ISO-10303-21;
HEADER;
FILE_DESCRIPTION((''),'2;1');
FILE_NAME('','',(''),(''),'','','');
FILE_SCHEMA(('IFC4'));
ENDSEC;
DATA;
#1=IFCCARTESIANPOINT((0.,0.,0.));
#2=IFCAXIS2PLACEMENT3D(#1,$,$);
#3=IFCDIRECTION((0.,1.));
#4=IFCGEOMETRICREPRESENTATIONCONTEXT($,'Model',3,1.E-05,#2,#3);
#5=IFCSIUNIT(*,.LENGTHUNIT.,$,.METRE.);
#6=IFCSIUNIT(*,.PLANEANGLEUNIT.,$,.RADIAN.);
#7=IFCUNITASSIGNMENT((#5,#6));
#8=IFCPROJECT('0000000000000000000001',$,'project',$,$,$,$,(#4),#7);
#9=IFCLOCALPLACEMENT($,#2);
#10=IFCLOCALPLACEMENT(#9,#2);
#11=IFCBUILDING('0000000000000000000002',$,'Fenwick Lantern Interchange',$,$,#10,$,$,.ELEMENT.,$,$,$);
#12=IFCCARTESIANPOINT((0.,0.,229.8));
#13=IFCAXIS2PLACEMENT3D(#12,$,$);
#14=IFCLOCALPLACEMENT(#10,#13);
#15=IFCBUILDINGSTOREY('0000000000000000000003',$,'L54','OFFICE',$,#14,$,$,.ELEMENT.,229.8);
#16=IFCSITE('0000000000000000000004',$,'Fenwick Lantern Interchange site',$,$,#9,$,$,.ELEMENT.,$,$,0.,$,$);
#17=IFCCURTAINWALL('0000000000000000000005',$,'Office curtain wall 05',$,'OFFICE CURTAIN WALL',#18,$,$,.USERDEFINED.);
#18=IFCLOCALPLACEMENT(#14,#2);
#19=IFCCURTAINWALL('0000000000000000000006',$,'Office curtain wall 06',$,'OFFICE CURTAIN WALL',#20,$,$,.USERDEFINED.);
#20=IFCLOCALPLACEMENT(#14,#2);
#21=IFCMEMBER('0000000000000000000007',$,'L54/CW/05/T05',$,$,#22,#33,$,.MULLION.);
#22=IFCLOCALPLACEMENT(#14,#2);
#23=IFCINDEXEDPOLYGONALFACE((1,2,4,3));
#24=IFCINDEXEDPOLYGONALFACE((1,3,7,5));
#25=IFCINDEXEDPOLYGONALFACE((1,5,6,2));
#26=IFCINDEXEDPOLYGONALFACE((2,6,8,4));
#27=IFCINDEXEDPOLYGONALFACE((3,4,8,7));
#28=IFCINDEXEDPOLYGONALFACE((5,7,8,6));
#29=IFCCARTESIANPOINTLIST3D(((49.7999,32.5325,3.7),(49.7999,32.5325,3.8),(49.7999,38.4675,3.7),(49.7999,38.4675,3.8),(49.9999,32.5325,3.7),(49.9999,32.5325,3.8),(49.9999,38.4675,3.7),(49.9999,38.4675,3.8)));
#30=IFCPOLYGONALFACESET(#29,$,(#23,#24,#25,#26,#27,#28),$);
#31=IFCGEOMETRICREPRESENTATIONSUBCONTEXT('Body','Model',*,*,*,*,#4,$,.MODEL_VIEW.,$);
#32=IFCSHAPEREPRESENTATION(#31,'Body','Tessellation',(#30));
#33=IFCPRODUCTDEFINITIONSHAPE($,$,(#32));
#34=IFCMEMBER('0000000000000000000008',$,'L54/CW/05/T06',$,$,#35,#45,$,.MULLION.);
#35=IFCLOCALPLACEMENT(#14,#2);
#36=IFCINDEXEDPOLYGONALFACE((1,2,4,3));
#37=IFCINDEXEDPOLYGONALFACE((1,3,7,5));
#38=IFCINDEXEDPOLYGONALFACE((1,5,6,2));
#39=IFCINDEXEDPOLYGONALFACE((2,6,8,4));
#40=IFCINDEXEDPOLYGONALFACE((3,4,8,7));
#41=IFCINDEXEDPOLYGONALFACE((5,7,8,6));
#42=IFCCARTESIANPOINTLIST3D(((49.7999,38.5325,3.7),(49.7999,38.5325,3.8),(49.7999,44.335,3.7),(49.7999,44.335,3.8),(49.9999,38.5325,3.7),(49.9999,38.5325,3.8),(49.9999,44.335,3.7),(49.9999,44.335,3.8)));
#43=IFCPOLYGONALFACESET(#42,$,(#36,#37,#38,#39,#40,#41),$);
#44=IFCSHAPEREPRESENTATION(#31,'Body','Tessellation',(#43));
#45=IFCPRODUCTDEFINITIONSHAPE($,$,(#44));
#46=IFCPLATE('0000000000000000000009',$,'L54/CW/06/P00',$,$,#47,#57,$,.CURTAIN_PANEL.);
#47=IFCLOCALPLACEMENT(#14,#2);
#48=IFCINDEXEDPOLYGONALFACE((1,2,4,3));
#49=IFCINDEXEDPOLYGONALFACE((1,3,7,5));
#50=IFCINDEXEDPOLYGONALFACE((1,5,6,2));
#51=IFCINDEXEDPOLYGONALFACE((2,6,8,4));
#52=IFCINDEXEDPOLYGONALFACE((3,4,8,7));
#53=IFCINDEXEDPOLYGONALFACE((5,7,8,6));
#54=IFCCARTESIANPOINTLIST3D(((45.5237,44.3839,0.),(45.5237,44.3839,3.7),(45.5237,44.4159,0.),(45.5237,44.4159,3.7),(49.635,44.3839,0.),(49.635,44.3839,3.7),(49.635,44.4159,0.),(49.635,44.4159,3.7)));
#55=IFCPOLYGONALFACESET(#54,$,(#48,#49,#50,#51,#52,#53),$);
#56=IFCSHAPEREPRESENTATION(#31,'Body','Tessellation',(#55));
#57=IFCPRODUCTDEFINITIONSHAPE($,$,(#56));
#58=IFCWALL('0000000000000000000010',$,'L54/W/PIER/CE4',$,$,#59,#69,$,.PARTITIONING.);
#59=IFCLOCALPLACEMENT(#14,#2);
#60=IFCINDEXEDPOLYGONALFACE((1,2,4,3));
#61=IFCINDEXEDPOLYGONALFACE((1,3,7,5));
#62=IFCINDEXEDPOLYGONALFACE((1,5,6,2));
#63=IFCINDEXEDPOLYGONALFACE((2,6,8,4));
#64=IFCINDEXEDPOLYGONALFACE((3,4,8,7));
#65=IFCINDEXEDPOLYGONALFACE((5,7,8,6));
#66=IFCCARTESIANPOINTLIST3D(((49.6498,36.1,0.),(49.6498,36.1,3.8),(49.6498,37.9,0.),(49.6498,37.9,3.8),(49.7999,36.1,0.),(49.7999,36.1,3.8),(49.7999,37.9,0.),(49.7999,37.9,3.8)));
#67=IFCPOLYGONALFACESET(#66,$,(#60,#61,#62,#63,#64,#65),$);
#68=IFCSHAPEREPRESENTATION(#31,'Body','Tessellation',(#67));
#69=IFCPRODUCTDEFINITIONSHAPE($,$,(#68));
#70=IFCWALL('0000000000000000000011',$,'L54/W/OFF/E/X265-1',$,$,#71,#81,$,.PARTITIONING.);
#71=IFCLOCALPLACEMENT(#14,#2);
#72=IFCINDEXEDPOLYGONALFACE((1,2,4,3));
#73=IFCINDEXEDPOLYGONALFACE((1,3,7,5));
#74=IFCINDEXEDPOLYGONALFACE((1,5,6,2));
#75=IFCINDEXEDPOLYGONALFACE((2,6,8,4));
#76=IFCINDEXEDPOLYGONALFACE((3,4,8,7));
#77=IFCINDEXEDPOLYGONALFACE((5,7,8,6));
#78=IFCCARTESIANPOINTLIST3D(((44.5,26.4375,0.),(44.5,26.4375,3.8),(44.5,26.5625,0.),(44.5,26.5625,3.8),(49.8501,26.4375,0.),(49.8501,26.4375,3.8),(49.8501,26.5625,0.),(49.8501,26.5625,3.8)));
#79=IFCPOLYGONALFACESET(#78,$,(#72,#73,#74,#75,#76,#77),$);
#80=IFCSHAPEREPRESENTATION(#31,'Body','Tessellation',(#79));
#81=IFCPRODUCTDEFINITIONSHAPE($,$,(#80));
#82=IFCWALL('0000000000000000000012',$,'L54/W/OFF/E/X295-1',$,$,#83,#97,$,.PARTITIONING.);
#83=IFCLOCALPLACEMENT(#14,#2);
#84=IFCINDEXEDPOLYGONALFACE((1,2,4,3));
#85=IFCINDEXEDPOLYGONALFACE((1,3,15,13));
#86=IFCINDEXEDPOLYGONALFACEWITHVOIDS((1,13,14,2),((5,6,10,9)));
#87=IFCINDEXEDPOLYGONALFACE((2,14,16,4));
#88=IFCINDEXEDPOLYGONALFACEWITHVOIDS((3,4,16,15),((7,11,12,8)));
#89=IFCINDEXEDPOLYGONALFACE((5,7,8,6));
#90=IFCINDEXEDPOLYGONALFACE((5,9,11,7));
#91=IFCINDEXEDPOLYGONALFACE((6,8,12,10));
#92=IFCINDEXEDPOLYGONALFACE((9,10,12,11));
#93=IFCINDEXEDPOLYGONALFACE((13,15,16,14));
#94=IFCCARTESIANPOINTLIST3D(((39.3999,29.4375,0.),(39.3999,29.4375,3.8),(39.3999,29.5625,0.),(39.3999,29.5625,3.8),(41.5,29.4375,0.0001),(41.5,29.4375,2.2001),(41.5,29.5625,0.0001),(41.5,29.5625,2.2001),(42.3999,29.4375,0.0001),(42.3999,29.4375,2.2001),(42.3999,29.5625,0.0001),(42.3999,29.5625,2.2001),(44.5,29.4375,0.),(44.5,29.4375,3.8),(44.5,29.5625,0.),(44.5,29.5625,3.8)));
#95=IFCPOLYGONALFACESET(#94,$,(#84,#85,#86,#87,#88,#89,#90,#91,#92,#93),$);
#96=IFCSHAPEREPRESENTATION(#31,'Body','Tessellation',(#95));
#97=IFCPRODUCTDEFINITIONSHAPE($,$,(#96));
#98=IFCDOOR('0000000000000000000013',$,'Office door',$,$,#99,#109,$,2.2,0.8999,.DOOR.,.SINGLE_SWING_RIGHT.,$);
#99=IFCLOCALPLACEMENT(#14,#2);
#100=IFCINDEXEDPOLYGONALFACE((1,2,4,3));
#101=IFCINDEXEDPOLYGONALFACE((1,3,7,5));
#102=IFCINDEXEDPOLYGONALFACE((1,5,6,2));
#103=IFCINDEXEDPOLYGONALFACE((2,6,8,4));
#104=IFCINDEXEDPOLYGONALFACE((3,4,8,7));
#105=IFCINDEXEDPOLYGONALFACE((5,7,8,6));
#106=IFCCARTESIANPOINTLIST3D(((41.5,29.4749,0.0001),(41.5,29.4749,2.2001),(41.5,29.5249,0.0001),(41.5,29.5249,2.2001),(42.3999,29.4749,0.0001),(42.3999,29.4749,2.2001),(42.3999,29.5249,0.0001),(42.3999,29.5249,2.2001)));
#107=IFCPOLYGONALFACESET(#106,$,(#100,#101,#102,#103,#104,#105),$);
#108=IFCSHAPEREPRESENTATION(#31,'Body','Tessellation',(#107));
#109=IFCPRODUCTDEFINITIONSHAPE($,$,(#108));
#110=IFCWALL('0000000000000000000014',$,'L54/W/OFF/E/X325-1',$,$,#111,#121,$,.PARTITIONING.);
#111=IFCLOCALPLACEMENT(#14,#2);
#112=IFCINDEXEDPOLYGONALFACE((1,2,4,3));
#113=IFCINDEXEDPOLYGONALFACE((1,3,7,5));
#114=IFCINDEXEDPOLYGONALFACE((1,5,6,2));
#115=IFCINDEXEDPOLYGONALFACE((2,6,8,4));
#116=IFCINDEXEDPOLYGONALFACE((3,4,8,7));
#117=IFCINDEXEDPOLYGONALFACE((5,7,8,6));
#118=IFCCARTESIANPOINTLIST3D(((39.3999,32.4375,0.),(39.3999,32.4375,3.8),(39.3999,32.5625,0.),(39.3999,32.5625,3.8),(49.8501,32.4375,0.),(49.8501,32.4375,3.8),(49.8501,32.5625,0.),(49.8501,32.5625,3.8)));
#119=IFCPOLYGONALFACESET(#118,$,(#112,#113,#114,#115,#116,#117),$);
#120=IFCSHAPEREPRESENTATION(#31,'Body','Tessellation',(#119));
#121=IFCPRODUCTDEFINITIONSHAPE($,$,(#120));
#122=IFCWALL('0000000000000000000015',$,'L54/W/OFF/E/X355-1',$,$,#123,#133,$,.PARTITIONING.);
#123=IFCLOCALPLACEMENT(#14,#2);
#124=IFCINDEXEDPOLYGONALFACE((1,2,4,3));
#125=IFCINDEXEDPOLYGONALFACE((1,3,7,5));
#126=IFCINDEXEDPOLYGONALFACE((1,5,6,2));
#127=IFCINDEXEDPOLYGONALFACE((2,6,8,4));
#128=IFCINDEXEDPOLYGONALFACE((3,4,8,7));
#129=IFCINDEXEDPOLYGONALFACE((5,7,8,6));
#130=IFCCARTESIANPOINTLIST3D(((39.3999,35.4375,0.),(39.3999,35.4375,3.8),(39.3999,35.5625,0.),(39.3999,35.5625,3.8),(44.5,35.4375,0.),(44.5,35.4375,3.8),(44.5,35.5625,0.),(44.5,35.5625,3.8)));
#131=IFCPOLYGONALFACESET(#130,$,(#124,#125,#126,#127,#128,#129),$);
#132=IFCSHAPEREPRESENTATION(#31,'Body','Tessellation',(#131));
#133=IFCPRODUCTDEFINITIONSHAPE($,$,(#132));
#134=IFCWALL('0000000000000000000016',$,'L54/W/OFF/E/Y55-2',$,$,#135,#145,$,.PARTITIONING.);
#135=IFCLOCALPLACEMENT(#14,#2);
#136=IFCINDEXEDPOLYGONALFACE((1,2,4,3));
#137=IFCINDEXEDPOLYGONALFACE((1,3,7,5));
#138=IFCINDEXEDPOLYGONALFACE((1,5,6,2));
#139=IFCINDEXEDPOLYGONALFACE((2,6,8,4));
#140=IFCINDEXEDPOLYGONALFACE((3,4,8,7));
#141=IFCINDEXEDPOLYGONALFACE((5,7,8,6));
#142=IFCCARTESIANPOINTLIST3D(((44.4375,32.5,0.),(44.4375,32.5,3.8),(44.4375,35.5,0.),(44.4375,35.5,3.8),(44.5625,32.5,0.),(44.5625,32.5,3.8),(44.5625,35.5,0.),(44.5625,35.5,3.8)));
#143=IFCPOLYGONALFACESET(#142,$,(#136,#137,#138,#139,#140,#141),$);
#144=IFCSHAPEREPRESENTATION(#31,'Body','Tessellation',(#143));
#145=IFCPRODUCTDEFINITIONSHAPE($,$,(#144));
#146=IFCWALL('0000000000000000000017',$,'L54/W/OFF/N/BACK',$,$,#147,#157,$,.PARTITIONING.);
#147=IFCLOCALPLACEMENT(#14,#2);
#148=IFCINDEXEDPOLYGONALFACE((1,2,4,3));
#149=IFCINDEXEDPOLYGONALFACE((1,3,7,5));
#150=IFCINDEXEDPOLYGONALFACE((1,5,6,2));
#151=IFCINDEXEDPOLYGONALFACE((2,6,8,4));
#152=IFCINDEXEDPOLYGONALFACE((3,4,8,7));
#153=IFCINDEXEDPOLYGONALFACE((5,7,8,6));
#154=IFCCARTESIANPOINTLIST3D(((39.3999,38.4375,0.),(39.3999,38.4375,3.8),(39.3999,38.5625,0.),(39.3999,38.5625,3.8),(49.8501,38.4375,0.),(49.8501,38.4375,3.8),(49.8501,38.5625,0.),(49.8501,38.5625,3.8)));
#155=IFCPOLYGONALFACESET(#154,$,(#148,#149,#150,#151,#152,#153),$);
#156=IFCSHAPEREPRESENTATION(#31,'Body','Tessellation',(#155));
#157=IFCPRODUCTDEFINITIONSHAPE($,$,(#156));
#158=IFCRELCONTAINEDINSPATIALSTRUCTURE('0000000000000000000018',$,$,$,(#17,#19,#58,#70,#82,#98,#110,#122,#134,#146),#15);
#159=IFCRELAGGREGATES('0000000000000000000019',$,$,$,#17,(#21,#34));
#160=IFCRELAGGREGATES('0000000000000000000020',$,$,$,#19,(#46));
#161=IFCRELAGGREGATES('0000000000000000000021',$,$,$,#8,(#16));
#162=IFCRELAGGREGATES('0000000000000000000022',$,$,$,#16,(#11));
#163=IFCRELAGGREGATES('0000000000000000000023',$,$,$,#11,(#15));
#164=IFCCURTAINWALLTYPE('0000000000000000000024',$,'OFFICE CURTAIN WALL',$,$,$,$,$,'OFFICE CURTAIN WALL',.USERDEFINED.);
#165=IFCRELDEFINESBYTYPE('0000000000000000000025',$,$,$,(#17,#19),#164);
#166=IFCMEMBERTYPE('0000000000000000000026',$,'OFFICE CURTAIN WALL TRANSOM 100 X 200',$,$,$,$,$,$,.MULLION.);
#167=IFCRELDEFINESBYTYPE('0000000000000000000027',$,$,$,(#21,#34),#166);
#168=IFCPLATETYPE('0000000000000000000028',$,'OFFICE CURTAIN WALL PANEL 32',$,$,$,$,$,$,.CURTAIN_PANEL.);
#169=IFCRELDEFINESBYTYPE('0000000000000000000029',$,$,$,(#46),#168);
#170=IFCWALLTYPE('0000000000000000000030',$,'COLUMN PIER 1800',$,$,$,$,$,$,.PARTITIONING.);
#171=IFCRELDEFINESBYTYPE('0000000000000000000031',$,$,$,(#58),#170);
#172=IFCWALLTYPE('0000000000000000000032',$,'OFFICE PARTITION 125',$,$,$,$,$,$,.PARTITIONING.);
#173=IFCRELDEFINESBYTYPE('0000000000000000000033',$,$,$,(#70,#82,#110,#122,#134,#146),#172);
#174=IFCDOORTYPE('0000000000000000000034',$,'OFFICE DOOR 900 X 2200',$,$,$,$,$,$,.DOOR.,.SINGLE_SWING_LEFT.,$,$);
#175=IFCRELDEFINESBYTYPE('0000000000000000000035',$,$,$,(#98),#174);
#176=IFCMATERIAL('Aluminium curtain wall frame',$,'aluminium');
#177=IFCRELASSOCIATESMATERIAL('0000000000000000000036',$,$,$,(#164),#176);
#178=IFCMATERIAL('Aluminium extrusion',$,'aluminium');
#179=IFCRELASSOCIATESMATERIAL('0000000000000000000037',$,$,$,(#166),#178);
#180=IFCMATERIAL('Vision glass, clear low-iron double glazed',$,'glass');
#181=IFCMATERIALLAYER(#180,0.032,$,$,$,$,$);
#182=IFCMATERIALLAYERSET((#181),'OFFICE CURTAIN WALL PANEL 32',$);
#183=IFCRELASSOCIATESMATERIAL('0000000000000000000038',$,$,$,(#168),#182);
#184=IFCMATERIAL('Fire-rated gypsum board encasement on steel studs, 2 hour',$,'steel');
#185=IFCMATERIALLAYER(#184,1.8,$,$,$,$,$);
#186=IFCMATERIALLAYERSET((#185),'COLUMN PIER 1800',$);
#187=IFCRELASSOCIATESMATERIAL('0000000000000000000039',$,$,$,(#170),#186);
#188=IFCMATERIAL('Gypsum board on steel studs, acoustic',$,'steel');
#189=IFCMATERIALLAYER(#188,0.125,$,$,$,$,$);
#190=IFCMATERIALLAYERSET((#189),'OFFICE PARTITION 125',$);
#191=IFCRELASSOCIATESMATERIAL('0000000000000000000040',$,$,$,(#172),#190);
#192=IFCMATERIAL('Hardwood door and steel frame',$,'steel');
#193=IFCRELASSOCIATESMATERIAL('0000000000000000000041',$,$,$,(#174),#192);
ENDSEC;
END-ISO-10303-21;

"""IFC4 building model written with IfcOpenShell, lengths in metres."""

from ifc_helpers import new_model, si_unit, direction, frame, frame_2d, origin, origin_2d, place, context, subcontext, project, spatial, rectangle, extrude, material, layer, layer_set, material_profile, profile_set, type_object, element, fill, aggregate, save


model = new_model("IFC4")

# Units and contexts
model_context = context("Model", 3, precision=1e-05, world=origin(), true_north=direction((0.0, 1.0)))
body_context = subcontext(model_context, "Body", "Model", "MODEL_VIEW")
ifc_project = project(units=[si_unit("LENGTHUNIT", "METRE"), si_unit("PLANEANGLEUNIT", "RADIAN")], contexts=[model_context])

# Site, building, storey
site_placement = place(None, origin())
site = spatial("IfcSite", under=ifc_project, at=site_placement, Name="Fenwick Lantern Interchange site", CompositionType="ELEMENT", RefElevation=0.0)
building_placement = place(site_placement, origin())
building = spatial("IfcBuilding", under=site, at=building_placement, Name="Fenwick Lantern Interchange", CompositionType="ELEMENT")
storey_placement = place(building_placement, frame((0.0, 0.0, 229.8)))
storey = spatial("IfcBuildingStorey", under=building, at=storey_placement, Name="L54", Description="OFFICE", CompositionType="ELEMENT", Elevation=229.8)

# Curtain wall
ifc_material_1 = material(Name="Aluminium curtain wall frame", Category="aluminium")
curtain_wall_type = type_object("IfcCurtainWallType", Name="OFFICE CURTAIN WALL", ElementType="OFFICE CURTAIN WALL", PredefinedType="USERDEFINED", material=ifc_material_1)
curtain_wall_1_placement = place(storey_placement, origin())
curtain_wall_1 = element("IfcCurtainWall", 1, at=curtain_wall_1_placement, inside=storey, type_object=curtain_wall_type, Name="Office curtain wall 05", ObjectType="OFFICE CURTAIN WALL", PredefinedType="USERDEFINED")
ifc_material_2 = material(Name="Aluminium extrusion", Category="aluminium")

# Curtain wall
curtain_wall_2_placement = place(storey_placement, origin())
curtain_wall_2 = element("IfcCurtainWall", 2, at=curtain_wall_2_placement, inside=storey, type_object=curtain_wall_type, Name="Office curtain wall 06", ObjectType="OFFICE CURTAIN WALL", PredefinedType="USERDEFINED")

# Members
ifc_material_profile_1 = material_profile(ifc_material_2, rectangle(XDim=0.2, YDim=0.1001, at=origin_2d()), Name="OFFICE CURTAIN WALL TRANSOM 100 X 200")
ifc_profile_set_1 = profile_set([ifc_material_profile_1], Name="Aluminium extrusion")
member_type_1 = type_object("IfcMemberType", Name="OFFICE CURTAIN WALL TRANSOM 100 X 200", PredefinedType="MULLION", material=ifc_profile_set_1)
member_1_placement = place(storey_placement, frame((49.8999, 32.5325, 3.75), z_axis=(0.0, 1.0, 0.0), x_axis=(-1.0, 0.0, 0.0)))
member_1 = element("IfcMember", 3, at=member_1_placement, type_object=member_type_1, Name="L54/CW/05/T05", PredefinedType="MULLION", context=body_context, shape_type="SweptSolid", body=[
    extrude(rectangle(XDim=0.2, YDim=0.1001, at=origin_2d()), origin(), (0.0, 0.0, 1.0), 5.9351),
])
member_2_placement = place(storey_placement, frame((49.8999, 38.5325, 3.75), z_axis=(0.0, 1.0, 0.0), x_axis=(-1.0, 0.0, 0.0)))
member_2 = element("IfcMember", 4, at=member_2_placement, type_object=member_type_1, Name="L54/CW/05/T06", PredefinedType="MULLION", context=body_context, shape_type="SweptSolid", body=[
    extrude(rectangle(XDim=0.2, YDim=0.1001, at=origin_2d()), origin(), (0.0, 0.0, 1.0), 5.8025),
])
aggregate(curtain_wall_1, [member_1, member_2])

# Plate
ifc_material_3 = material(Name="Vision glass, clear low-iron double glazed", Category="glass")
ifc_layer_1 = layer(ifc_material_3, 0.032)
ifc_layer_set_1 = layer_set([ifc_layer_1], Name="OFFICE CURTAIN WALL PANEL 32")
plate_type = type_object("IfcPlateType", Name="OFFICE CURTAIN WALL PANEL 32", PredefinedType="CURTAIN_PANEL", material=ifc_layer_set_1)
plate_placement = place(storey_placement, frame((47.5793, 44.3999, 0.0), z_axis=(0.0, 0.0, 1.0), x_axis=(-1.0, 0.0, 0.0)))
plate = element("IfcPlate", 5, at=plate_placement, type_object=plate_type, Name="L54/CW/06/P00", PredefinedType="CURTAIN_PANEL", context=body_context, shape_type="SweptSolid", body=[
    extrude(rectangle(XDim=4.1113, YDim=0.032, at=origin_2d()), origin(), (0.0, 0.0, 1.0), 3.7),
])
aggregate(curtain_wall_2, [plate])

# Walls
ifc_material_4 = material(Name="Fire-rated gypsum board encasement on steel studs, 2 hour", Category="steel")
ifc_layer_2 = layer(ifc_material_4, 1.8)
ifc_layer_set_2 = layer_set([ifc_layer_2], Name="COLUMN PIER 1800")
wall_type_1 = type_object("IfcWallType", Name="COLUMN PIER 1800", PredefinedType="PARTITIONING", material=ifc_layer_set_2)
wall_1_placement = place(storey_placement, frame((49.8, 37.0, 0.0), z_axis=(0.0, 0.0, 1.0), x_axis=(-1.0, 0.0, 0.0)))
element("IfcWall", 6, at=wall_1_placement, inside=storey, type_object=wall_type_1, Name="L54/W/PIER/CE4", PredefinedType="PARTITIONING", context=body_context, shape_type="SweptSolid", body=[
    extrude(rectangle(XDim=0.1501, YDim=1.8, at=frame_2d((0.0752, 0.0))), origin(), (0.0, 0.0, 1.0), 3.8),
])
ifc_material_5 = material(Name="Gypsum board on steel studs, acoustic", Category="steel")
ifc_layer_3 = layer(ifc_material_5, 0.125)
ifc_layer_set_3 = layer_set([ifc_layer_3], Name="OFFICE PARTITION 125")
wall_type_2 = type_object("IfcWallType", Name="OFFICE PARTITION 125", PredefinedType="PARTITIONING", material=ifc_layer_set_3)
wall_2_placement = place(storey_placement, frame((49.8501, 26.5, 0.0), z_axis=(0.0, 0.0, 1.0), x_axis=(-1.0, 0.0, 0.0)))
element("IfcWall", 7, at=wall_2_placement, inside=storey, type_object=wall_type_2, Name="L54/W/OFF/E/X265-1", PredefinedType="PARTITIONING", context=body_context, shape_type="SweptSolid", body=[
    extrude(rectangle(XDim=5.3501, YDim=0.125, at=frame_2d((2.675, 0.0))), origin(), (0.0, 0.0, 1.0), 3.8),
])

# Wall, opening, door
wall_3_placement = place(storey_placement, frame((44.5, 29.5, 0.0), z_axis=(0.0, 0.0, 1.0), x_axis=(-1.0, 0.0, 0.0)))
wall_3 = element("IfcWall", 8, at=wall_3_placement, inside=storey, type_object=wall_type_2, Name="L54/W/OFF/E/X295-1", PredefinedType="PARTITIONING", context=body_context, shape_type="SweptSolid", body=[
    extrude(rectangle(XDim=5.1001, YDim=0.125, at=frame_2d((2.55, 0.0))), origin(), (0.0, 0.0, 1.0), 3.8),
])
opening_placement = place(wall_3_placement, frame((2.1001, 0.0, 0.0)))
opening = element("IfcOpeningElement", 9, at=opening_placement, cuts=wall_3, PredefinedType="OPENING", context=body_context, shape_type="SweptSolid", body=[
    extrude(rectangle(XDim=0.8999, YDim=2.2, at=frame_2d((0.45, 1.1001))), frame((0.0, 0.0725, 0.0), z_axis=(0.0, -1.0, 0.0), x_axis=(1.0, 0.0, 0.0)), (0.0, 0.0, 1.0), 0.145),
])
ifc_material_6 = material(Name="Hardwood door and steel frame", Category="steel")
door_type = type_object("IfcDoorType", Name="OFFICE DOOR 900 X 2200", OperationType="SINGLE_SWING_LEFT", PredefinedType="DOOR", material=ifc_material_6)
door_placement = place(opening_placement, frame((0.8999, 0.0, 0.0), z_axis=(0.0, 0.0, 1.0), x_axis=(-1.0, 0.0, 0.0)))
door = element("IfcDoor", 10, at=door_placement, inside=storey, type_object=door_type, Name="Office door", OperationType="SINGLE_SWING_RIGHT", OverallHeight=2.2, OverallWidth=0.8999, PredefinedType="DOOR", context=body_context, shape_type="SweptSolid", body=[
    extrude(rectangle(XDim=0.8999, YDim=2.2, at=frame_2d((0.45, 1.1001))), frame((0.0, 0.0249, 0.0), z_axis=(0.0, -1.0, 0.0), x_axis=(1.0, 0.0, 0.0)), (0.0, 0.0, 1.0), 0.05),
])
fill(opening, door)

# Walls
wall_4_placement = place(storey_placement, frame((49.8501, 32.5, 0.0), z_axis=(0.0, 0.0, 1.0), x_axis=(-1.0, 0.0, 0.0)))
element("IfcWall", 11, at=wall_4_placement, inside=storey, type_object=wall_type_2, Name="L54/W/OFF/E/X325-1", PredefinedType="PARTITIONING", context=body_context, shape_type="SweptSolid", body=[
    extrude(rectangle(XDim=10.4502, YDim=0.125, at=frame_2d((5.2251, 0.0))), origin(), (0.0, 0.0, 1.0), 3.8),
])
wall_5_placement = place(storey_placement, frame((44.5, 35.5, 0.0), z_axis=(0.0, 0.0, 1.0), x_axis=(-1.0, 0.0, 0.0)))
element("IfcWall", 12, at=wall_5_placement, inside=storey, type_object=wall_type_2, Name="L54/W/OFF/E/X355-1", PredefinedType="PARTITIONING", context=body_context, shape_type="SweptSolid", body=[
    extrude(rectangle(XDim=5.1001, YDim=0.125, at=frame_2d((2.55, 0.0))), origin(), (0.0, 0.0, 1.0), 3.8),
])
wall_6_placement = place(storey_placement, frame((44.5, 32.5, 0.0), z_axis=(0.0, 0.0, 1.0), x_axis=(0.0, 1.0, 0.0)))
element("IfcWall", 13, at=wall_6_placement, inside=storey, type_object=wall_type_2, Name="L54/W/OFF/E/Y55-2", PredefinedType="PARTITIONING", context=body_context, shape_type="SweptSolid", body=[
    extrude(rectangle(XDim=3.0, YDim=0.125, at=frame_2d((1.5, 0.0))), origin(), (0.0, 0.0, 1.0), 3.8),
])
wall_7_placement = place(storey_placement, frame((49.8501, 38.5, 0.0), z_axis=(0.0, 0.0, 1.0), x_axis=(-1.0, 0.0, 0.0)))
element("IfcWall", 14, at=wall_7_placement, inside=storey, type_object=wall_type_2, Name="L54/W/OFF/N/BACK", PredefinedType="PARTITIONING", context=body_context, shape_type="SweptSolid", body=[
    extrude(rectangle(XDim=10.4502, YDim=0.125, at=frame_2d((5.2251, 0.0))), origin(), (0.0, 0.0, 1.0), 3.8),
])

save(model, "model.ifc")
